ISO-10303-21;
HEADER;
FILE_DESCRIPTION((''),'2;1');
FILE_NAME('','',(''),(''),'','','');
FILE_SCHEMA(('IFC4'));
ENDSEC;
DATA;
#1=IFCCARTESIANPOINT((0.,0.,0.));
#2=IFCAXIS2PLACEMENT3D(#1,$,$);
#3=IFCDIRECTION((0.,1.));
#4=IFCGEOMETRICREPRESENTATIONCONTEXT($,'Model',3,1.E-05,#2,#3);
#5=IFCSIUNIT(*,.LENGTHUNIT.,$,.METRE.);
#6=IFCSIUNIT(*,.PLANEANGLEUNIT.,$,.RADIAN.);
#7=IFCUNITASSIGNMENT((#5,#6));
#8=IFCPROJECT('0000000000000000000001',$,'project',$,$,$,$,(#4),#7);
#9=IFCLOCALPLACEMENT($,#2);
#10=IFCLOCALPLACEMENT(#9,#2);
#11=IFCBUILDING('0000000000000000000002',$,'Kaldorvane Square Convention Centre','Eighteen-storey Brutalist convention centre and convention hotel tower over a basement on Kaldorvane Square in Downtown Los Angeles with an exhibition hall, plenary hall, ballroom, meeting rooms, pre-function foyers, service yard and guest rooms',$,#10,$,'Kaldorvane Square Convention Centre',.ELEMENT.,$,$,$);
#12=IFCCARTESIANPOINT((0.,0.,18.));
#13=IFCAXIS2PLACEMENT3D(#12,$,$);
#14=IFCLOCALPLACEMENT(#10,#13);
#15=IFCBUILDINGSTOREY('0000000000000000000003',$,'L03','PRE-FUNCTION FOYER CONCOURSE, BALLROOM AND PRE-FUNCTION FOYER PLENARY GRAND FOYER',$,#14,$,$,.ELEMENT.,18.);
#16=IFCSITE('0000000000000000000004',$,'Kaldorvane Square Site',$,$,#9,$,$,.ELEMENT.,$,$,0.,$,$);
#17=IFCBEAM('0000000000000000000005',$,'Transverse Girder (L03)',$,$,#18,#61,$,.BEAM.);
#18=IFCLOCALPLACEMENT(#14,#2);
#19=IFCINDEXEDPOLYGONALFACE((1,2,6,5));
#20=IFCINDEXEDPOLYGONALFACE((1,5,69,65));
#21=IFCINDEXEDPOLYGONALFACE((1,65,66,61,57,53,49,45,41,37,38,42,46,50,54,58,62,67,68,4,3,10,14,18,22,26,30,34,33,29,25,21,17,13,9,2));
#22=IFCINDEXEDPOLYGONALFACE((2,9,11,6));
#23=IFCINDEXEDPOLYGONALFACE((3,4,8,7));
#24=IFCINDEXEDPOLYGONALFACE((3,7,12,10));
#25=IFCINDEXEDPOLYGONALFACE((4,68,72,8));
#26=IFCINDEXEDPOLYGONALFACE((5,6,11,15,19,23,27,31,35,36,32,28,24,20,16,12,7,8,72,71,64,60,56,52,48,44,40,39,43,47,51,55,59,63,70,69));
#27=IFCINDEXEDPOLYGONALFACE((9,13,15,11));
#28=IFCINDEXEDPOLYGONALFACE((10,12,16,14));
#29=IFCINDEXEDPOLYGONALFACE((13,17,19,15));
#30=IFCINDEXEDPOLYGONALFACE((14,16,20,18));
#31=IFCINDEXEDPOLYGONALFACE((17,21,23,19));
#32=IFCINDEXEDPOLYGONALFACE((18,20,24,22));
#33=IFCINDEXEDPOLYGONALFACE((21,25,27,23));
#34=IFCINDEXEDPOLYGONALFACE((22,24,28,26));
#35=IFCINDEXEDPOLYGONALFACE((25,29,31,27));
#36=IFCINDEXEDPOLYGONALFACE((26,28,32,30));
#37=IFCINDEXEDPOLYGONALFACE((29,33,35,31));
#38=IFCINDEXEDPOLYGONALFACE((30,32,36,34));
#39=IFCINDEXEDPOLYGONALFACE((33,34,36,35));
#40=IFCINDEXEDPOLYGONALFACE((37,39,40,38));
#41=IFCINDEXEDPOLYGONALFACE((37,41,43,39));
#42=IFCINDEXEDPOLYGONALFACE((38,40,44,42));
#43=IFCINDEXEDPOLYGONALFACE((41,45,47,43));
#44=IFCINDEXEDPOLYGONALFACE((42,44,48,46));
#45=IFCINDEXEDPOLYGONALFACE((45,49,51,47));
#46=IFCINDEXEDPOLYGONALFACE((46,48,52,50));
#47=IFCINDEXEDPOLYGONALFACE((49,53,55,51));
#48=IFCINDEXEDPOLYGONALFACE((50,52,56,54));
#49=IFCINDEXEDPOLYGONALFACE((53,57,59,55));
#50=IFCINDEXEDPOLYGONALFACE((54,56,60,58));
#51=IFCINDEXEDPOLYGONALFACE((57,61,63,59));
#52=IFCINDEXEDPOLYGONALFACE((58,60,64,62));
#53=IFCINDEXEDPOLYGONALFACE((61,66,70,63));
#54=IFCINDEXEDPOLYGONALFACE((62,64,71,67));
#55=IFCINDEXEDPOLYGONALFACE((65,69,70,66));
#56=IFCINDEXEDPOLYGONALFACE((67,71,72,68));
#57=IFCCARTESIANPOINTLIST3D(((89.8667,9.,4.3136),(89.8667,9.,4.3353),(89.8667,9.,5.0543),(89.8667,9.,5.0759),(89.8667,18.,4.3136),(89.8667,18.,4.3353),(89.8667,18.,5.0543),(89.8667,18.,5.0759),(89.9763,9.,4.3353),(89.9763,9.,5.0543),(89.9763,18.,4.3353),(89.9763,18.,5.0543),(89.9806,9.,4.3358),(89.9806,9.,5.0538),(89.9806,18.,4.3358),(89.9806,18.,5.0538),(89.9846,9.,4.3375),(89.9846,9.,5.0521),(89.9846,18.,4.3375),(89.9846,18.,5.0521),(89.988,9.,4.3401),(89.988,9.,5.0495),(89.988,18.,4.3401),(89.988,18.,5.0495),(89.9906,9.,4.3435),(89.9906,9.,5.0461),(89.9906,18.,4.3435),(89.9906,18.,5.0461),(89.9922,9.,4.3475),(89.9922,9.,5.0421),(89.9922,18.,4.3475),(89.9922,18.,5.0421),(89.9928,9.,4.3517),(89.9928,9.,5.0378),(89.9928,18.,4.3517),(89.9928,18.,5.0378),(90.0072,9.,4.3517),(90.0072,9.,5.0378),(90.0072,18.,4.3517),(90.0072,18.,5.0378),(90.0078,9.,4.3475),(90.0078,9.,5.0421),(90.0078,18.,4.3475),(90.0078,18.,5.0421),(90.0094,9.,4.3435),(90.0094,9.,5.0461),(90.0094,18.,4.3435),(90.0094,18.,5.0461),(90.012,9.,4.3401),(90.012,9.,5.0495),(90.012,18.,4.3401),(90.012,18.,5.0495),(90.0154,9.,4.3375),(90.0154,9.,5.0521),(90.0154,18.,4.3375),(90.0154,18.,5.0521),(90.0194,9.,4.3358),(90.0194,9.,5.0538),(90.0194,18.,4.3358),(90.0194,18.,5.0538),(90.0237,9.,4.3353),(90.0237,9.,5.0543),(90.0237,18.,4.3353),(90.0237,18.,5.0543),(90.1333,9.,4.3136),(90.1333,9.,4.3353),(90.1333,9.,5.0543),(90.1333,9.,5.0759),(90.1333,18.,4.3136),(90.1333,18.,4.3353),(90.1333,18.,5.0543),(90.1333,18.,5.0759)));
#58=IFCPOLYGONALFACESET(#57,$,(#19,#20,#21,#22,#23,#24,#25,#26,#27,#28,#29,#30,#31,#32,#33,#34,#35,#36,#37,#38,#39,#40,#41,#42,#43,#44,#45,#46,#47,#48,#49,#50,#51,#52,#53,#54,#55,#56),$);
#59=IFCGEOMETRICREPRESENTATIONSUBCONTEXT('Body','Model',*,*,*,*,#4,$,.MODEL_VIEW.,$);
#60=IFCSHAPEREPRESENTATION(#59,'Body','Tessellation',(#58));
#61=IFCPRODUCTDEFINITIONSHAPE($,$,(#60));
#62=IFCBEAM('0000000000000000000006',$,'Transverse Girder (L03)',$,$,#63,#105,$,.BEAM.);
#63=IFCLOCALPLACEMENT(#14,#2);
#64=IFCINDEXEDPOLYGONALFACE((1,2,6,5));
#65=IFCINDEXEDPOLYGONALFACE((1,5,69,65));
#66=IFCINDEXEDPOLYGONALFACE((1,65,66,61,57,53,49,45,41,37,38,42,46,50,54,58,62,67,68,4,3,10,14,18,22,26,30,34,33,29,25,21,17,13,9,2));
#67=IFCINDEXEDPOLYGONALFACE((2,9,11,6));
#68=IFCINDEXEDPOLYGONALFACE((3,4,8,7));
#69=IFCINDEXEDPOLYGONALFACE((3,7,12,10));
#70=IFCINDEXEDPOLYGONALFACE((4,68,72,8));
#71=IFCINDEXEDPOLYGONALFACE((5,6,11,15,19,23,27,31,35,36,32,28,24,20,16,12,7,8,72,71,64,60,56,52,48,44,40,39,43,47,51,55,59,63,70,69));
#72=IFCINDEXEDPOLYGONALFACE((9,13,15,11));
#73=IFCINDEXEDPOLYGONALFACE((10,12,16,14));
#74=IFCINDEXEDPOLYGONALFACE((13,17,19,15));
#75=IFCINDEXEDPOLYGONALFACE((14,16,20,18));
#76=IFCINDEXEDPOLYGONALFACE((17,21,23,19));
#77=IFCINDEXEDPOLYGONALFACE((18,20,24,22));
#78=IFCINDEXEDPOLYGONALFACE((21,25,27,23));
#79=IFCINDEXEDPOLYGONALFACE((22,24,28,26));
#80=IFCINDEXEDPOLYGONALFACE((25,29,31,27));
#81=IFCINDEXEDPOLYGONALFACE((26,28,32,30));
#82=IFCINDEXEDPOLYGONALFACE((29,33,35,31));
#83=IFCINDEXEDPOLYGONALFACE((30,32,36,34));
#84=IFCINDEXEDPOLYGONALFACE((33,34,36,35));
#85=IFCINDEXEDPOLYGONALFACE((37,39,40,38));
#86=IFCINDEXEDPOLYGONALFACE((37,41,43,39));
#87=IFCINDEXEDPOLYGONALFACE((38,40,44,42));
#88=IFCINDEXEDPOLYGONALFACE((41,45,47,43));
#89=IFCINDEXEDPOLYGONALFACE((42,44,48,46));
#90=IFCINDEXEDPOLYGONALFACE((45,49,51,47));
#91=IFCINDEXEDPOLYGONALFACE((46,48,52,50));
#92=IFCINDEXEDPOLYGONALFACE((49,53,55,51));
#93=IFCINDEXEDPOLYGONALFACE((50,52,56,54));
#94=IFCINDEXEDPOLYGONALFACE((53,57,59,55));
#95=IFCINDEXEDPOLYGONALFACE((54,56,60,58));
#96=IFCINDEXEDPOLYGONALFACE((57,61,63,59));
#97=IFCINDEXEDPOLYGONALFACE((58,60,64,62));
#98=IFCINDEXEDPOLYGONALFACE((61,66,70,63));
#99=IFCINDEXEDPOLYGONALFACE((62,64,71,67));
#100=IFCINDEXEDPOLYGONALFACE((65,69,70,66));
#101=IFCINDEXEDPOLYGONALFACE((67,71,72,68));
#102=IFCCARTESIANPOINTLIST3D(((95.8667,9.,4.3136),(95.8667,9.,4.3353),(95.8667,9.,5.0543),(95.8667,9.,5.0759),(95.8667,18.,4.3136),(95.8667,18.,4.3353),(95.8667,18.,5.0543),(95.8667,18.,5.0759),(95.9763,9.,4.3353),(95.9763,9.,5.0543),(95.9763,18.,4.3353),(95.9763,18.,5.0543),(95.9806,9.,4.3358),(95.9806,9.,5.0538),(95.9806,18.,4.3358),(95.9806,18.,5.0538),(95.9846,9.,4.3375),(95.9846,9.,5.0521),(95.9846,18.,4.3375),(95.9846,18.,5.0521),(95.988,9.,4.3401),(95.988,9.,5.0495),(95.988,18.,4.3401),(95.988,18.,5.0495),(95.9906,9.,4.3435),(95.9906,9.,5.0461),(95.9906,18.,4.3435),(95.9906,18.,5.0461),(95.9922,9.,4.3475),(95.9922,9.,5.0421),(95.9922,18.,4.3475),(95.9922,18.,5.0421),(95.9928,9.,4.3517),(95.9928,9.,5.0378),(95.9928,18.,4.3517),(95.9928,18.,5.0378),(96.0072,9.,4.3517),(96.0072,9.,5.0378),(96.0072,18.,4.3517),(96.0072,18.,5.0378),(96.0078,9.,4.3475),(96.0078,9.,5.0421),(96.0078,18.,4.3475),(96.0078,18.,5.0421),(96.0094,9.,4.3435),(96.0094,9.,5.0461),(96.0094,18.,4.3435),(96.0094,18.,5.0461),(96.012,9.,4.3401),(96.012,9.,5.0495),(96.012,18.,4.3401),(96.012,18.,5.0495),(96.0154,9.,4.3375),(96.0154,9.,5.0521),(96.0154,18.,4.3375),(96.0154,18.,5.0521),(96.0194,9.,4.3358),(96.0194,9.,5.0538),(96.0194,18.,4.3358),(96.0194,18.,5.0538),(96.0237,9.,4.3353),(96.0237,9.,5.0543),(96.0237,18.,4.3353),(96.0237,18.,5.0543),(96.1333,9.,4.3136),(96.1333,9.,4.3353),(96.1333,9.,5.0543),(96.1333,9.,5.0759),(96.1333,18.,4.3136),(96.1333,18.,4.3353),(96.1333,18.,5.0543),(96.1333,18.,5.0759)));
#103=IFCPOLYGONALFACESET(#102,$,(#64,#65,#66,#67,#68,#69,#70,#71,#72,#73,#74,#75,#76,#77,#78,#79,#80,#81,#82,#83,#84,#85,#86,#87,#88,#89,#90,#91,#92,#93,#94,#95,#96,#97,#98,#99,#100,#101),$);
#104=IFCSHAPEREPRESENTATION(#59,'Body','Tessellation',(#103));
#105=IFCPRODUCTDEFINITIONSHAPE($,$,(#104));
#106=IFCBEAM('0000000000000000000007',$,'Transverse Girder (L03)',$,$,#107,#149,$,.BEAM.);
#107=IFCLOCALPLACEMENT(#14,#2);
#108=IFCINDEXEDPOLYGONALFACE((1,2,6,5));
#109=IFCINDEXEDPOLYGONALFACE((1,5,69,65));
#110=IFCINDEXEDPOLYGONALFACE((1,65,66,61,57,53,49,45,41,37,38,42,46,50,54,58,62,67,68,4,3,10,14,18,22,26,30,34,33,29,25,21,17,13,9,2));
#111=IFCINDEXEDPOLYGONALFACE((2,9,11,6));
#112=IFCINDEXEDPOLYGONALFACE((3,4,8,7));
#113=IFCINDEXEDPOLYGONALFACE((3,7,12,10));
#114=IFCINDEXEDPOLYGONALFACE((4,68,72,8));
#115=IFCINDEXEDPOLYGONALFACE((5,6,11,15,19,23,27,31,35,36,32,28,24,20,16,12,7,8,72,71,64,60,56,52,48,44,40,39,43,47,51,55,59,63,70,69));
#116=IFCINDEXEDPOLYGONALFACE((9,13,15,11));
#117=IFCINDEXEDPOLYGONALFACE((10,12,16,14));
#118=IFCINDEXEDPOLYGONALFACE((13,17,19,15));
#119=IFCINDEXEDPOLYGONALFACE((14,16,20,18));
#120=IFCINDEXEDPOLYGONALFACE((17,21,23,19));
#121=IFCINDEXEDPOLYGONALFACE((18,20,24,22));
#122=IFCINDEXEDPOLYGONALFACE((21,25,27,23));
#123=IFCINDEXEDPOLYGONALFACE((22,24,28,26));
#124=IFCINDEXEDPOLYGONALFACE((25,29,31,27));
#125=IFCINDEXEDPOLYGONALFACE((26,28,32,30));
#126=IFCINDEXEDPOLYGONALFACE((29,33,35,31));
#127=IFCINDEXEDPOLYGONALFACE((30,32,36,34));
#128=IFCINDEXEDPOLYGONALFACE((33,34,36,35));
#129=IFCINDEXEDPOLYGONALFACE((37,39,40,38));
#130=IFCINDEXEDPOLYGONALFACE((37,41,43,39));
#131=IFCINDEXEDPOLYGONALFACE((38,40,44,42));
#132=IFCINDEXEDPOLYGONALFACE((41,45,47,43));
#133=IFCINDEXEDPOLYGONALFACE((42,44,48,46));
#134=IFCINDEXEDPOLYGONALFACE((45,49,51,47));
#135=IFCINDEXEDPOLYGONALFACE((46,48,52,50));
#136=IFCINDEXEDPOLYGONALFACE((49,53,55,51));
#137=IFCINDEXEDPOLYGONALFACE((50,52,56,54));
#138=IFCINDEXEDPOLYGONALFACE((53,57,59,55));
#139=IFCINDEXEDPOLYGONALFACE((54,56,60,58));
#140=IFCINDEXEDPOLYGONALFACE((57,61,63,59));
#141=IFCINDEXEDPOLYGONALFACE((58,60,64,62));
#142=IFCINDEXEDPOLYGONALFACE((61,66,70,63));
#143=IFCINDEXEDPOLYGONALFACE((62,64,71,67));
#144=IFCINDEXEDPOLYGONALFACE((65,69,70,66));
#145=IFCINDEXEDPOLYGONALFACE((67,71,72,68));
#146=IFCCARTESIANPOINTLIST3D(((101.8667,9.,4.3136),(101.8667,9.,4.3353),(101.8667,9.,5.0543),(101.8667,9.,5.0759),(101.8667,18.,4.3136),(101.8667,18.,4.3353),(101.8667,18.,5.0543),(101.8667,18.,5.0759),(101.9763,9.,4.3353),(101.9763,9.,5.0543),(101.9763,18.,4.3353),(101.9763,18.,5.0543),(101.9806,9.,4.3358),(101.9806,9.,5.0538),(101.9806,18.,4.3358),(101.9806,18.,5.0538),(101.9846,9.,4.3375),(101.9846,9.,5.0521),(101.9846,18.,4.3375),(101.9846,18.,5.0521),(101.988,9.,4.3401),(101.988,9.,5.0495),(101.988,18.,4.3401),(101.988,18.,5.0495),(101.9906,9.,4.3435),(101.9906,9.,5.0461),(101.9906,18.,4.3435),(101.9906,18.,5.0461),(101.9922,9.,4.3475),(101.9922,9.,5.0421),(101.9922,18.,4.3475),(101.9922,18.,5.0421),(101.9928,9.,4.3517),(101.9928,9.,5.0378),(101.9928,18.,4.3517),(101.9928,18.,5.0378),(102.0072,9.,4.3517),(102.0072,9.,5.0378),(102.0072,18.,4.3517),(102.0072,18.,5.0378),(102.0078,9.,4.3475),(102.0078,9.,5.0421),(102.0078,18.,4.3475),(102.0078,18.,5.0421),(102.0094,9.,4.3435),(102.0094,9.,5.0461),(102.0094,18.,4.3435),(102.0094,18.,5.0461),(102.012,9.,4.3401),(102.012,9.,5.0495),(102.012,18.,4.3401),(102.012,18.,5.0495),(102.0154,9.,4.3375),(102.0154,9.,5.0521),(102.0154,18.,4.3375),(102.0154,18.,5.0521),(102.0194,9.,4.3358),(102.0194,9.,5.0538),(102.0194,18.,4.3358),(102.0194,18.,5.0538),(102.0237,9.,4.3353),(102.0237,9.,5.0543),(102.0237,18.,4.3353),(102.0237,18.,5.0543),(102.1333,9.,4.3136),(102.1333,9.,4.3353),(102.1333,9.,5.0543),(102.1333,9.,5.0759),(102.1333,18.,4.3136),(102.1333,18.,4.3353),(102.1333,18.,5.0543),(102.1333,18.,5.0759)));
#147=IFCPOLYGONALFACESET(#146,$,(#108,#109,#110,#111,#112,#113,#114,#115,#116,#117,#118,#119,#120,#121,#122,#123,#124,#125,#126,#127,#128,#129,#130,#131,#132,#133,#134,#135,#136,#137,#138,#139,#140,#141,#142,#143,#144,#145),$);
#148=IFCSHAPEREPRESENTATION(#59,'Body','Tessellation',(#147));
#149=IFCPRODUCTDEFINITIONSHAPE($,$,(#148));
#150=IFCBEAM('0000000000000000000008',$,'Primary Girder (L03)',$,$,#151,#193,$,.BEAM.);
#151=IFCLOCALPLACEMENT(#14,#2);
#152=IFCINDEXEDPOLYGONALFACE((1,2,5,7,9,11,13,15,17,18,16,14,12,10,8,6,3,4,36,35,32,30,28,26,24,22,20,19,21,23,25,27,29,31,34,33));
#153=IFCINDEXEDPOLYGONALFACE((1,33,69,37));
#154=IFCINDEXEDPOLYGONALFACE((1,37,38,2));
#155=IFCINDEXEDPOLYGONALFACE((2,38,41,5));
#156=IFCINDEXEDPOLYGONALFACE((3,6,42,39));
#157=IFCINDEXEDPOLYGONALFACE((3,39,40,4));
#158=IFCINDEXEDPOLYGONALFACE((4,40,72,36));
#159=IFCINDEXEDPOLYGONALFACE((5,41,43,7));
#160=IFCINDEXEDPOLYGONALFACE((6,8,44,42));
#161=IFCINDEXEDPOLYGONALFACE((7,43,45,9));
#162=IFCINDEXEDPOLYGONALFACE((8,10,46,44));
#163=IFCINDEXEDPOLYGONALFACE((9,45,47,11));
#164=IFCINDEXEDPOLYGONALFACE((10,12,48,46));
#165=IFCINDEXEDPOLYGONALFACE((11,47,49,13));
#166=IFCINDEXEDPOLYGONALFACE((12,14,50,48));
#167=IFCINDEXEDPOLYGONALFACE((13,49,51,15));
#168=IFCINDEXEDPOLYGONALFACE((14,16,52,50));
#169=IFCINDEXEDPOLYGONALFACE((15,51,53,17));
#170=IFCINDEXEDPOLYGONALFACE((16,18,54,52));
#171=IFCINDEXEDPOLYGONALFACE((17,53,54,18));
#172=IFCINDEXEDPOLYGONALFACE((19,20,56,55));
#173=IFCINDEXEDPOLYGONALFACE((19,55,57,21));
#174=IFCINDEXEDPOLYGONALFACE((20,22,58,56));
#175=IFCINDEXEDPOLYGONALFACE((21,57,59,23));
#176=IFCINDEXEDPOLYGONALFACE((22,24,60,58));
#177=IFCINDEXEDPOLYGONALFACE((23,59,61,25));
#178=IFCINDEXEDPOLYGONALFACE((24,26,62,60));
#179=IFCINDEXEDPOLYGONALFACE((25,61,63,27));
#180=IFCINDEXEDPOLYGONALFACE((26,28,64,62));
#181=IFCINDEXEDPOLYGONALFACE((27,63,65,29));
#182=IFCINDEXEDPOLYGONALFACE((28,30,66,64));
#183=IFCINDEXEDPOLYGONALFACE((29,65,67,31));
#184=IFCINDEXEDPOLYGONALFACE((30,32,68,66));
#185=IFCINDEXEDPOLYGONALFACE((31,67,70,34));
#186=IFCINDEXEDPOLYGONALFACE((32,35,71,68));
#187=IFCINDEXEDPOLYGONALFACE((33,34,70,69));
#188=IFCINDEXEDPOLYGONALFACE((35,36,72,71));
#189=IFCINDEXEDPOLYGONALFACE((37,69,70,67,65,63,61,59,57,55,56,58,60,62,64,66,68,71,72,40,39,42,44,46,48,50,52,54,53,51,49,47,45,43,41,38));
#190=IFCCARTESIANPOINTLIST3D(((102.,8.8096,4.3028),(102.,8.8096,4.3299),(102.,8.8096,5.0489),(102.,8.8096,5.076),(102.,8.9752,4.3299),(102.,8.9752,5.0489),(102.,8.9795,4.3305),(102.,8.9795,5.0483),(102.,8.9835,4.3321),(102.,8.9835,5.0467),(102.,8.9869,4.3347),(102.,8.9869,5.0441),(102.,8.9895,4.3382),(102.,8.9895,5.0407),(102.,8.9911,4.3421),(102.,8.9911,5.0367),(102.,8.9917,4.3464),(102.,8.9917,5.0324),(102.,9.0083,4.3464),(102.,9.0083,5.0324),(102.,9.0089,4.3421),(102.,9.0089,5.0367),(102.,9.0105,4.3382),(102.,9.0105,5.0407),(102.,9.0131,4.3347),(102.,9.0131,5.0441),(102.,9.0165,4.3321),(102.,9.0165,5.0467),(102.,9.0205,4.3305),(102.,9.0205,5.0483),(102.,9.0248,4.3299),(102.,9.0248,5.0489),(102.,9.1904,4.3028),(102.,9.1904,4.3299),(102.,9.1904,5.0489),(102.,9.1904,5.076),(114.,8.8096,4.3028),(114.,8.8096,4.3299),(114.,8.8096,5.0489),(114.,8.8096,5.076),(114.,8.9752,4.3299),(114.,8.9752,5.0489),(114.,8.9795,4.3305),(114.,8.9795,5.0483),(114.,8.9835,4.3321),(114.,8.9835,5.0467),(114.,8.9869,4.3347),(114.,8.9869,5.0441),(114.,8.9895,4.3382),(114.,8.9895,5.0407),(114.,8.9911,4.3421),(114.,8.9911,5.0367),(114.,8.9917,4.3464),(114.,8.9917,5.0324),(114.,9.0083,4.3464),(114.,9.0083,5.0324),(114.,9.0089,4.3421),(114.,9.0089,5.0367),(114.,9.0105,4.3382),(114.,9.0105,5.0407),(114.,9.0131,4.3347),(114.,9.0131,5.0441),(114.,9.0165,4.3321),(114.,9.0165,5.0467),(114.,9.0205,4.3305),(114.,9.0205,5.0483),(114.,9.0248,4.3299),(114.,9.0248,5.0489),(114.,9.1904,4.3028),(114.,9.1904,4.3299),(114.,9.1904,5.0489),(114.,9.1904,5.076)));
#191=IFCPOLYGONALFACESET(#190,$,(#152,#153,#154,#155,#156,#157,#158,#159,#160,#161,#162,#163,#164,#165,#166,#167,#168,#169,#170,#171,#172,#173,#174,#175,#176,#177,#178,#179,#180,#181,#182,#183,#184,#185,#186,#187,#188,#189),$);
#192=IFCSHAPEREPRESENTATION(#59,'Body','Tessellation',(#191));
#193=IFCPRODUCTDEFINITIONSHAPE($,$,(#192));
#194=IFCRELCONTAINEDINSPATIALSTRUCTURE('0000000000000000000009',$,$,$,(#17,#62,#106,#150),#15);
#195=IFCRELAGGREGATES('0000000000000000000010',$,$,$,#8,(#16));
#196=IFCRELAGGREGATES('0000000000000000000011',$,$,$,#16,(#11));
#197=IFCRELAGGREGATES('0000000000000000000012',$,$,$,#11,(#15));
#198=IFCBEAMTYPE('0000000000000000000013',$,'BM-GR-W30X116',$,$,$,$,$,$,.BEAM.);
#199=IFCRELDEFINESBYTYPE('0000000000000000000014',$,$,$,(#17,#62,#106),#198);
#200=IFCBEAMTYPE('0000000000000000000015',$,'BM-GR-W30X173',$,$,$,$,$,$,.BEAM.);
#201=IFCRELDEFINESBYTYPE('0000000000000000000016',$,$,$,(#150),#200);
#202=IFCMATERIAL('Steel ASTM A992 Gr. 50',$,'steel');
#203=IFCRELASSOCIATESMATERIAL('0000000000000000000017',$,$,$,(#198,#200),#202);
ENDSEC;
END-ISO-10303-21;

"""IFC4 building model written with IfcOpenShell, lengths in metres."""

from ifc_helpers import new_model, si_unit, direction, frame, origin, origin_2d, place, context, subcontext, project, spatial, i_section, extrude, material, material_profile, profile_set, type_object, element, save


model = new_model("IFC4")

# Units and contexts
model_context = context("Model", 3, precision=1e-05, world=origin(), true_north=direction((0.0, 1.0)))
body_context = subcontext(model_context, "Body", "Model", "MODEL_VIEW")
ifc_project = project(units=[si_unit("LENGTHUNIT", "METRE"), si_unit("PLANEANGLEUNIT", "RADIAN")], contexts=[model_context])

# Site, building, storey
site_placement = place(None, origin())
site = spatial("IfcSite", under=ifc_project, at=site_placement, Name="Kaldorvane Square Site", CompositionType="ELEMENT", RefElevation=0.0)
building_placement = place(site_placement, origin())
building = spatial("IfcBuilding", under=site, at=building_placement, Name="Kaldorvane Square Convention Centre", Description="Eighteen-storey Brutalist convention centre and convention hotel tower over a basement on Kaldorvane Square in Downtown Los Angeles with an exhibition hall, plenary hall, ballroom, meeting rooms, pre-function foyers, service yard and guest rooms", LongName="Kaldorvane Square Convention Centre", CompositionType="ELEMENT")
storey_placement = place(building_placement, frame((0.0, 0.0, 18.0)))
storey = spatial("IfcBuildingStorey", under=building, at=storey_placement, Name="L03", Description="PRE-FUNCTION FOYER CONCOURSE, BALLROOM AND PRE-FUNCTION FOYER PLENARY GRAND FOYER", CompositionType="ELEMENT", Elevation=18.0)

# Shared definitions
ifc_material_1 = material(Name="Steel ASTM A992 Gr. 50", Category="steel")

# Beams
ifc_material_profile_1 = material_profile(ifc_material_1, i_section(OverallWidth=0.2666, OverallDepth=0.7623, WebThickness=0.0144, FlangeThickness=0.0216, FilletRadius=0.0165, at=origin_2d()), Name="W30X116")
ifc_profile_set_1 = profile_set([ifc_material_profile_1], Name="Steel ASTM A992 Gr. 50")
beam_type_1 = type_object("IfcBeamType", Name="BM-GR-W30X116", PredefinedType="BEAM", material=ifc_profile_set_1)
for number, where, z_axis, x_axis, name in (
    (1, (90.0, 9.0, 4.6948), (0.0, 1.0, 0.0), (-1.0, 0.0, 0.0), "Transverse Girder (L03)"),
    (2, (96.0, 9.0, 4.6948), (0.0, 1.0, 0.0), (-1.0, 0.0, 0.0), "Transverse Girder (L03)"),
    (3, (102.0, 9.0, 4.6948), (0.0, 1.0, 0.0), (-1.0, 0.0, 0.0), "Transverse Girder (L03)"),
):
    element("IfcBeam", number, at=place(storey_placement, frame(where, z_axis=z_axis, x_axis=x_axis)), inside=storey, type_object=beam_type_1, Name=name, PredefinedType="BEAM", context=body_context, shape_type="SweptSolid", body=[
        extrude(i_section(OverallWidth=0.2666, OverallDepth=0.7623, WebThickness=0.0144, FlangeThickness=0.0216, FilletRadius=0.0165, at=origin_2d()), origin(), (0.0, 0.0, 1.0), 9.0),
    ])
ifc_material_profile_2 = material_profile(ifc_material_1, i_section(OverallWidth=0.3807, OverallDepth=0.7732, WebThickness=0.0166, FlangeThickness=0.0271, FilletRadius=0.0165, at=origin_2d()), Name="W30X173")
ifc_profile_set_2 = profile_set([ifc_material_profile_2], Name="Steel ASTM A992 Gr. 50")
beam_type_2 = type_object("IfcBeamType", Name="BM-GR-W30X173", PredefinedType="BEAM", material=ifc_profile_set_2)
for number, where, z_axis, x_axis, name in (
    (4, (102.0, 9.0, 4.6894), (1.0, 0.0, 0.0), (0.0, 1.0, 0.0), "Primary Girder (L03)"),
):
    element("IfcBeam", number, at=place(storey_placement, frame(where, z_axis=z_axis, x_axis=x_axis)), inside=storey, type_object=beam_type_2, Name=name, PredefinedType="BEAM", context=body_context, shape_type="SweptSolid", body=[
        extrude(i_section(OverallWidth=0.3807, OverallDepth=0.7732, WebThickness=0.0166, FlangeThickness=0.0271, FilletRadius=0.0165, at=origin_2d()), origin(), (0.0, 0.0, 1.0), 12.0),
    ])

save(model, "model.ifc")
